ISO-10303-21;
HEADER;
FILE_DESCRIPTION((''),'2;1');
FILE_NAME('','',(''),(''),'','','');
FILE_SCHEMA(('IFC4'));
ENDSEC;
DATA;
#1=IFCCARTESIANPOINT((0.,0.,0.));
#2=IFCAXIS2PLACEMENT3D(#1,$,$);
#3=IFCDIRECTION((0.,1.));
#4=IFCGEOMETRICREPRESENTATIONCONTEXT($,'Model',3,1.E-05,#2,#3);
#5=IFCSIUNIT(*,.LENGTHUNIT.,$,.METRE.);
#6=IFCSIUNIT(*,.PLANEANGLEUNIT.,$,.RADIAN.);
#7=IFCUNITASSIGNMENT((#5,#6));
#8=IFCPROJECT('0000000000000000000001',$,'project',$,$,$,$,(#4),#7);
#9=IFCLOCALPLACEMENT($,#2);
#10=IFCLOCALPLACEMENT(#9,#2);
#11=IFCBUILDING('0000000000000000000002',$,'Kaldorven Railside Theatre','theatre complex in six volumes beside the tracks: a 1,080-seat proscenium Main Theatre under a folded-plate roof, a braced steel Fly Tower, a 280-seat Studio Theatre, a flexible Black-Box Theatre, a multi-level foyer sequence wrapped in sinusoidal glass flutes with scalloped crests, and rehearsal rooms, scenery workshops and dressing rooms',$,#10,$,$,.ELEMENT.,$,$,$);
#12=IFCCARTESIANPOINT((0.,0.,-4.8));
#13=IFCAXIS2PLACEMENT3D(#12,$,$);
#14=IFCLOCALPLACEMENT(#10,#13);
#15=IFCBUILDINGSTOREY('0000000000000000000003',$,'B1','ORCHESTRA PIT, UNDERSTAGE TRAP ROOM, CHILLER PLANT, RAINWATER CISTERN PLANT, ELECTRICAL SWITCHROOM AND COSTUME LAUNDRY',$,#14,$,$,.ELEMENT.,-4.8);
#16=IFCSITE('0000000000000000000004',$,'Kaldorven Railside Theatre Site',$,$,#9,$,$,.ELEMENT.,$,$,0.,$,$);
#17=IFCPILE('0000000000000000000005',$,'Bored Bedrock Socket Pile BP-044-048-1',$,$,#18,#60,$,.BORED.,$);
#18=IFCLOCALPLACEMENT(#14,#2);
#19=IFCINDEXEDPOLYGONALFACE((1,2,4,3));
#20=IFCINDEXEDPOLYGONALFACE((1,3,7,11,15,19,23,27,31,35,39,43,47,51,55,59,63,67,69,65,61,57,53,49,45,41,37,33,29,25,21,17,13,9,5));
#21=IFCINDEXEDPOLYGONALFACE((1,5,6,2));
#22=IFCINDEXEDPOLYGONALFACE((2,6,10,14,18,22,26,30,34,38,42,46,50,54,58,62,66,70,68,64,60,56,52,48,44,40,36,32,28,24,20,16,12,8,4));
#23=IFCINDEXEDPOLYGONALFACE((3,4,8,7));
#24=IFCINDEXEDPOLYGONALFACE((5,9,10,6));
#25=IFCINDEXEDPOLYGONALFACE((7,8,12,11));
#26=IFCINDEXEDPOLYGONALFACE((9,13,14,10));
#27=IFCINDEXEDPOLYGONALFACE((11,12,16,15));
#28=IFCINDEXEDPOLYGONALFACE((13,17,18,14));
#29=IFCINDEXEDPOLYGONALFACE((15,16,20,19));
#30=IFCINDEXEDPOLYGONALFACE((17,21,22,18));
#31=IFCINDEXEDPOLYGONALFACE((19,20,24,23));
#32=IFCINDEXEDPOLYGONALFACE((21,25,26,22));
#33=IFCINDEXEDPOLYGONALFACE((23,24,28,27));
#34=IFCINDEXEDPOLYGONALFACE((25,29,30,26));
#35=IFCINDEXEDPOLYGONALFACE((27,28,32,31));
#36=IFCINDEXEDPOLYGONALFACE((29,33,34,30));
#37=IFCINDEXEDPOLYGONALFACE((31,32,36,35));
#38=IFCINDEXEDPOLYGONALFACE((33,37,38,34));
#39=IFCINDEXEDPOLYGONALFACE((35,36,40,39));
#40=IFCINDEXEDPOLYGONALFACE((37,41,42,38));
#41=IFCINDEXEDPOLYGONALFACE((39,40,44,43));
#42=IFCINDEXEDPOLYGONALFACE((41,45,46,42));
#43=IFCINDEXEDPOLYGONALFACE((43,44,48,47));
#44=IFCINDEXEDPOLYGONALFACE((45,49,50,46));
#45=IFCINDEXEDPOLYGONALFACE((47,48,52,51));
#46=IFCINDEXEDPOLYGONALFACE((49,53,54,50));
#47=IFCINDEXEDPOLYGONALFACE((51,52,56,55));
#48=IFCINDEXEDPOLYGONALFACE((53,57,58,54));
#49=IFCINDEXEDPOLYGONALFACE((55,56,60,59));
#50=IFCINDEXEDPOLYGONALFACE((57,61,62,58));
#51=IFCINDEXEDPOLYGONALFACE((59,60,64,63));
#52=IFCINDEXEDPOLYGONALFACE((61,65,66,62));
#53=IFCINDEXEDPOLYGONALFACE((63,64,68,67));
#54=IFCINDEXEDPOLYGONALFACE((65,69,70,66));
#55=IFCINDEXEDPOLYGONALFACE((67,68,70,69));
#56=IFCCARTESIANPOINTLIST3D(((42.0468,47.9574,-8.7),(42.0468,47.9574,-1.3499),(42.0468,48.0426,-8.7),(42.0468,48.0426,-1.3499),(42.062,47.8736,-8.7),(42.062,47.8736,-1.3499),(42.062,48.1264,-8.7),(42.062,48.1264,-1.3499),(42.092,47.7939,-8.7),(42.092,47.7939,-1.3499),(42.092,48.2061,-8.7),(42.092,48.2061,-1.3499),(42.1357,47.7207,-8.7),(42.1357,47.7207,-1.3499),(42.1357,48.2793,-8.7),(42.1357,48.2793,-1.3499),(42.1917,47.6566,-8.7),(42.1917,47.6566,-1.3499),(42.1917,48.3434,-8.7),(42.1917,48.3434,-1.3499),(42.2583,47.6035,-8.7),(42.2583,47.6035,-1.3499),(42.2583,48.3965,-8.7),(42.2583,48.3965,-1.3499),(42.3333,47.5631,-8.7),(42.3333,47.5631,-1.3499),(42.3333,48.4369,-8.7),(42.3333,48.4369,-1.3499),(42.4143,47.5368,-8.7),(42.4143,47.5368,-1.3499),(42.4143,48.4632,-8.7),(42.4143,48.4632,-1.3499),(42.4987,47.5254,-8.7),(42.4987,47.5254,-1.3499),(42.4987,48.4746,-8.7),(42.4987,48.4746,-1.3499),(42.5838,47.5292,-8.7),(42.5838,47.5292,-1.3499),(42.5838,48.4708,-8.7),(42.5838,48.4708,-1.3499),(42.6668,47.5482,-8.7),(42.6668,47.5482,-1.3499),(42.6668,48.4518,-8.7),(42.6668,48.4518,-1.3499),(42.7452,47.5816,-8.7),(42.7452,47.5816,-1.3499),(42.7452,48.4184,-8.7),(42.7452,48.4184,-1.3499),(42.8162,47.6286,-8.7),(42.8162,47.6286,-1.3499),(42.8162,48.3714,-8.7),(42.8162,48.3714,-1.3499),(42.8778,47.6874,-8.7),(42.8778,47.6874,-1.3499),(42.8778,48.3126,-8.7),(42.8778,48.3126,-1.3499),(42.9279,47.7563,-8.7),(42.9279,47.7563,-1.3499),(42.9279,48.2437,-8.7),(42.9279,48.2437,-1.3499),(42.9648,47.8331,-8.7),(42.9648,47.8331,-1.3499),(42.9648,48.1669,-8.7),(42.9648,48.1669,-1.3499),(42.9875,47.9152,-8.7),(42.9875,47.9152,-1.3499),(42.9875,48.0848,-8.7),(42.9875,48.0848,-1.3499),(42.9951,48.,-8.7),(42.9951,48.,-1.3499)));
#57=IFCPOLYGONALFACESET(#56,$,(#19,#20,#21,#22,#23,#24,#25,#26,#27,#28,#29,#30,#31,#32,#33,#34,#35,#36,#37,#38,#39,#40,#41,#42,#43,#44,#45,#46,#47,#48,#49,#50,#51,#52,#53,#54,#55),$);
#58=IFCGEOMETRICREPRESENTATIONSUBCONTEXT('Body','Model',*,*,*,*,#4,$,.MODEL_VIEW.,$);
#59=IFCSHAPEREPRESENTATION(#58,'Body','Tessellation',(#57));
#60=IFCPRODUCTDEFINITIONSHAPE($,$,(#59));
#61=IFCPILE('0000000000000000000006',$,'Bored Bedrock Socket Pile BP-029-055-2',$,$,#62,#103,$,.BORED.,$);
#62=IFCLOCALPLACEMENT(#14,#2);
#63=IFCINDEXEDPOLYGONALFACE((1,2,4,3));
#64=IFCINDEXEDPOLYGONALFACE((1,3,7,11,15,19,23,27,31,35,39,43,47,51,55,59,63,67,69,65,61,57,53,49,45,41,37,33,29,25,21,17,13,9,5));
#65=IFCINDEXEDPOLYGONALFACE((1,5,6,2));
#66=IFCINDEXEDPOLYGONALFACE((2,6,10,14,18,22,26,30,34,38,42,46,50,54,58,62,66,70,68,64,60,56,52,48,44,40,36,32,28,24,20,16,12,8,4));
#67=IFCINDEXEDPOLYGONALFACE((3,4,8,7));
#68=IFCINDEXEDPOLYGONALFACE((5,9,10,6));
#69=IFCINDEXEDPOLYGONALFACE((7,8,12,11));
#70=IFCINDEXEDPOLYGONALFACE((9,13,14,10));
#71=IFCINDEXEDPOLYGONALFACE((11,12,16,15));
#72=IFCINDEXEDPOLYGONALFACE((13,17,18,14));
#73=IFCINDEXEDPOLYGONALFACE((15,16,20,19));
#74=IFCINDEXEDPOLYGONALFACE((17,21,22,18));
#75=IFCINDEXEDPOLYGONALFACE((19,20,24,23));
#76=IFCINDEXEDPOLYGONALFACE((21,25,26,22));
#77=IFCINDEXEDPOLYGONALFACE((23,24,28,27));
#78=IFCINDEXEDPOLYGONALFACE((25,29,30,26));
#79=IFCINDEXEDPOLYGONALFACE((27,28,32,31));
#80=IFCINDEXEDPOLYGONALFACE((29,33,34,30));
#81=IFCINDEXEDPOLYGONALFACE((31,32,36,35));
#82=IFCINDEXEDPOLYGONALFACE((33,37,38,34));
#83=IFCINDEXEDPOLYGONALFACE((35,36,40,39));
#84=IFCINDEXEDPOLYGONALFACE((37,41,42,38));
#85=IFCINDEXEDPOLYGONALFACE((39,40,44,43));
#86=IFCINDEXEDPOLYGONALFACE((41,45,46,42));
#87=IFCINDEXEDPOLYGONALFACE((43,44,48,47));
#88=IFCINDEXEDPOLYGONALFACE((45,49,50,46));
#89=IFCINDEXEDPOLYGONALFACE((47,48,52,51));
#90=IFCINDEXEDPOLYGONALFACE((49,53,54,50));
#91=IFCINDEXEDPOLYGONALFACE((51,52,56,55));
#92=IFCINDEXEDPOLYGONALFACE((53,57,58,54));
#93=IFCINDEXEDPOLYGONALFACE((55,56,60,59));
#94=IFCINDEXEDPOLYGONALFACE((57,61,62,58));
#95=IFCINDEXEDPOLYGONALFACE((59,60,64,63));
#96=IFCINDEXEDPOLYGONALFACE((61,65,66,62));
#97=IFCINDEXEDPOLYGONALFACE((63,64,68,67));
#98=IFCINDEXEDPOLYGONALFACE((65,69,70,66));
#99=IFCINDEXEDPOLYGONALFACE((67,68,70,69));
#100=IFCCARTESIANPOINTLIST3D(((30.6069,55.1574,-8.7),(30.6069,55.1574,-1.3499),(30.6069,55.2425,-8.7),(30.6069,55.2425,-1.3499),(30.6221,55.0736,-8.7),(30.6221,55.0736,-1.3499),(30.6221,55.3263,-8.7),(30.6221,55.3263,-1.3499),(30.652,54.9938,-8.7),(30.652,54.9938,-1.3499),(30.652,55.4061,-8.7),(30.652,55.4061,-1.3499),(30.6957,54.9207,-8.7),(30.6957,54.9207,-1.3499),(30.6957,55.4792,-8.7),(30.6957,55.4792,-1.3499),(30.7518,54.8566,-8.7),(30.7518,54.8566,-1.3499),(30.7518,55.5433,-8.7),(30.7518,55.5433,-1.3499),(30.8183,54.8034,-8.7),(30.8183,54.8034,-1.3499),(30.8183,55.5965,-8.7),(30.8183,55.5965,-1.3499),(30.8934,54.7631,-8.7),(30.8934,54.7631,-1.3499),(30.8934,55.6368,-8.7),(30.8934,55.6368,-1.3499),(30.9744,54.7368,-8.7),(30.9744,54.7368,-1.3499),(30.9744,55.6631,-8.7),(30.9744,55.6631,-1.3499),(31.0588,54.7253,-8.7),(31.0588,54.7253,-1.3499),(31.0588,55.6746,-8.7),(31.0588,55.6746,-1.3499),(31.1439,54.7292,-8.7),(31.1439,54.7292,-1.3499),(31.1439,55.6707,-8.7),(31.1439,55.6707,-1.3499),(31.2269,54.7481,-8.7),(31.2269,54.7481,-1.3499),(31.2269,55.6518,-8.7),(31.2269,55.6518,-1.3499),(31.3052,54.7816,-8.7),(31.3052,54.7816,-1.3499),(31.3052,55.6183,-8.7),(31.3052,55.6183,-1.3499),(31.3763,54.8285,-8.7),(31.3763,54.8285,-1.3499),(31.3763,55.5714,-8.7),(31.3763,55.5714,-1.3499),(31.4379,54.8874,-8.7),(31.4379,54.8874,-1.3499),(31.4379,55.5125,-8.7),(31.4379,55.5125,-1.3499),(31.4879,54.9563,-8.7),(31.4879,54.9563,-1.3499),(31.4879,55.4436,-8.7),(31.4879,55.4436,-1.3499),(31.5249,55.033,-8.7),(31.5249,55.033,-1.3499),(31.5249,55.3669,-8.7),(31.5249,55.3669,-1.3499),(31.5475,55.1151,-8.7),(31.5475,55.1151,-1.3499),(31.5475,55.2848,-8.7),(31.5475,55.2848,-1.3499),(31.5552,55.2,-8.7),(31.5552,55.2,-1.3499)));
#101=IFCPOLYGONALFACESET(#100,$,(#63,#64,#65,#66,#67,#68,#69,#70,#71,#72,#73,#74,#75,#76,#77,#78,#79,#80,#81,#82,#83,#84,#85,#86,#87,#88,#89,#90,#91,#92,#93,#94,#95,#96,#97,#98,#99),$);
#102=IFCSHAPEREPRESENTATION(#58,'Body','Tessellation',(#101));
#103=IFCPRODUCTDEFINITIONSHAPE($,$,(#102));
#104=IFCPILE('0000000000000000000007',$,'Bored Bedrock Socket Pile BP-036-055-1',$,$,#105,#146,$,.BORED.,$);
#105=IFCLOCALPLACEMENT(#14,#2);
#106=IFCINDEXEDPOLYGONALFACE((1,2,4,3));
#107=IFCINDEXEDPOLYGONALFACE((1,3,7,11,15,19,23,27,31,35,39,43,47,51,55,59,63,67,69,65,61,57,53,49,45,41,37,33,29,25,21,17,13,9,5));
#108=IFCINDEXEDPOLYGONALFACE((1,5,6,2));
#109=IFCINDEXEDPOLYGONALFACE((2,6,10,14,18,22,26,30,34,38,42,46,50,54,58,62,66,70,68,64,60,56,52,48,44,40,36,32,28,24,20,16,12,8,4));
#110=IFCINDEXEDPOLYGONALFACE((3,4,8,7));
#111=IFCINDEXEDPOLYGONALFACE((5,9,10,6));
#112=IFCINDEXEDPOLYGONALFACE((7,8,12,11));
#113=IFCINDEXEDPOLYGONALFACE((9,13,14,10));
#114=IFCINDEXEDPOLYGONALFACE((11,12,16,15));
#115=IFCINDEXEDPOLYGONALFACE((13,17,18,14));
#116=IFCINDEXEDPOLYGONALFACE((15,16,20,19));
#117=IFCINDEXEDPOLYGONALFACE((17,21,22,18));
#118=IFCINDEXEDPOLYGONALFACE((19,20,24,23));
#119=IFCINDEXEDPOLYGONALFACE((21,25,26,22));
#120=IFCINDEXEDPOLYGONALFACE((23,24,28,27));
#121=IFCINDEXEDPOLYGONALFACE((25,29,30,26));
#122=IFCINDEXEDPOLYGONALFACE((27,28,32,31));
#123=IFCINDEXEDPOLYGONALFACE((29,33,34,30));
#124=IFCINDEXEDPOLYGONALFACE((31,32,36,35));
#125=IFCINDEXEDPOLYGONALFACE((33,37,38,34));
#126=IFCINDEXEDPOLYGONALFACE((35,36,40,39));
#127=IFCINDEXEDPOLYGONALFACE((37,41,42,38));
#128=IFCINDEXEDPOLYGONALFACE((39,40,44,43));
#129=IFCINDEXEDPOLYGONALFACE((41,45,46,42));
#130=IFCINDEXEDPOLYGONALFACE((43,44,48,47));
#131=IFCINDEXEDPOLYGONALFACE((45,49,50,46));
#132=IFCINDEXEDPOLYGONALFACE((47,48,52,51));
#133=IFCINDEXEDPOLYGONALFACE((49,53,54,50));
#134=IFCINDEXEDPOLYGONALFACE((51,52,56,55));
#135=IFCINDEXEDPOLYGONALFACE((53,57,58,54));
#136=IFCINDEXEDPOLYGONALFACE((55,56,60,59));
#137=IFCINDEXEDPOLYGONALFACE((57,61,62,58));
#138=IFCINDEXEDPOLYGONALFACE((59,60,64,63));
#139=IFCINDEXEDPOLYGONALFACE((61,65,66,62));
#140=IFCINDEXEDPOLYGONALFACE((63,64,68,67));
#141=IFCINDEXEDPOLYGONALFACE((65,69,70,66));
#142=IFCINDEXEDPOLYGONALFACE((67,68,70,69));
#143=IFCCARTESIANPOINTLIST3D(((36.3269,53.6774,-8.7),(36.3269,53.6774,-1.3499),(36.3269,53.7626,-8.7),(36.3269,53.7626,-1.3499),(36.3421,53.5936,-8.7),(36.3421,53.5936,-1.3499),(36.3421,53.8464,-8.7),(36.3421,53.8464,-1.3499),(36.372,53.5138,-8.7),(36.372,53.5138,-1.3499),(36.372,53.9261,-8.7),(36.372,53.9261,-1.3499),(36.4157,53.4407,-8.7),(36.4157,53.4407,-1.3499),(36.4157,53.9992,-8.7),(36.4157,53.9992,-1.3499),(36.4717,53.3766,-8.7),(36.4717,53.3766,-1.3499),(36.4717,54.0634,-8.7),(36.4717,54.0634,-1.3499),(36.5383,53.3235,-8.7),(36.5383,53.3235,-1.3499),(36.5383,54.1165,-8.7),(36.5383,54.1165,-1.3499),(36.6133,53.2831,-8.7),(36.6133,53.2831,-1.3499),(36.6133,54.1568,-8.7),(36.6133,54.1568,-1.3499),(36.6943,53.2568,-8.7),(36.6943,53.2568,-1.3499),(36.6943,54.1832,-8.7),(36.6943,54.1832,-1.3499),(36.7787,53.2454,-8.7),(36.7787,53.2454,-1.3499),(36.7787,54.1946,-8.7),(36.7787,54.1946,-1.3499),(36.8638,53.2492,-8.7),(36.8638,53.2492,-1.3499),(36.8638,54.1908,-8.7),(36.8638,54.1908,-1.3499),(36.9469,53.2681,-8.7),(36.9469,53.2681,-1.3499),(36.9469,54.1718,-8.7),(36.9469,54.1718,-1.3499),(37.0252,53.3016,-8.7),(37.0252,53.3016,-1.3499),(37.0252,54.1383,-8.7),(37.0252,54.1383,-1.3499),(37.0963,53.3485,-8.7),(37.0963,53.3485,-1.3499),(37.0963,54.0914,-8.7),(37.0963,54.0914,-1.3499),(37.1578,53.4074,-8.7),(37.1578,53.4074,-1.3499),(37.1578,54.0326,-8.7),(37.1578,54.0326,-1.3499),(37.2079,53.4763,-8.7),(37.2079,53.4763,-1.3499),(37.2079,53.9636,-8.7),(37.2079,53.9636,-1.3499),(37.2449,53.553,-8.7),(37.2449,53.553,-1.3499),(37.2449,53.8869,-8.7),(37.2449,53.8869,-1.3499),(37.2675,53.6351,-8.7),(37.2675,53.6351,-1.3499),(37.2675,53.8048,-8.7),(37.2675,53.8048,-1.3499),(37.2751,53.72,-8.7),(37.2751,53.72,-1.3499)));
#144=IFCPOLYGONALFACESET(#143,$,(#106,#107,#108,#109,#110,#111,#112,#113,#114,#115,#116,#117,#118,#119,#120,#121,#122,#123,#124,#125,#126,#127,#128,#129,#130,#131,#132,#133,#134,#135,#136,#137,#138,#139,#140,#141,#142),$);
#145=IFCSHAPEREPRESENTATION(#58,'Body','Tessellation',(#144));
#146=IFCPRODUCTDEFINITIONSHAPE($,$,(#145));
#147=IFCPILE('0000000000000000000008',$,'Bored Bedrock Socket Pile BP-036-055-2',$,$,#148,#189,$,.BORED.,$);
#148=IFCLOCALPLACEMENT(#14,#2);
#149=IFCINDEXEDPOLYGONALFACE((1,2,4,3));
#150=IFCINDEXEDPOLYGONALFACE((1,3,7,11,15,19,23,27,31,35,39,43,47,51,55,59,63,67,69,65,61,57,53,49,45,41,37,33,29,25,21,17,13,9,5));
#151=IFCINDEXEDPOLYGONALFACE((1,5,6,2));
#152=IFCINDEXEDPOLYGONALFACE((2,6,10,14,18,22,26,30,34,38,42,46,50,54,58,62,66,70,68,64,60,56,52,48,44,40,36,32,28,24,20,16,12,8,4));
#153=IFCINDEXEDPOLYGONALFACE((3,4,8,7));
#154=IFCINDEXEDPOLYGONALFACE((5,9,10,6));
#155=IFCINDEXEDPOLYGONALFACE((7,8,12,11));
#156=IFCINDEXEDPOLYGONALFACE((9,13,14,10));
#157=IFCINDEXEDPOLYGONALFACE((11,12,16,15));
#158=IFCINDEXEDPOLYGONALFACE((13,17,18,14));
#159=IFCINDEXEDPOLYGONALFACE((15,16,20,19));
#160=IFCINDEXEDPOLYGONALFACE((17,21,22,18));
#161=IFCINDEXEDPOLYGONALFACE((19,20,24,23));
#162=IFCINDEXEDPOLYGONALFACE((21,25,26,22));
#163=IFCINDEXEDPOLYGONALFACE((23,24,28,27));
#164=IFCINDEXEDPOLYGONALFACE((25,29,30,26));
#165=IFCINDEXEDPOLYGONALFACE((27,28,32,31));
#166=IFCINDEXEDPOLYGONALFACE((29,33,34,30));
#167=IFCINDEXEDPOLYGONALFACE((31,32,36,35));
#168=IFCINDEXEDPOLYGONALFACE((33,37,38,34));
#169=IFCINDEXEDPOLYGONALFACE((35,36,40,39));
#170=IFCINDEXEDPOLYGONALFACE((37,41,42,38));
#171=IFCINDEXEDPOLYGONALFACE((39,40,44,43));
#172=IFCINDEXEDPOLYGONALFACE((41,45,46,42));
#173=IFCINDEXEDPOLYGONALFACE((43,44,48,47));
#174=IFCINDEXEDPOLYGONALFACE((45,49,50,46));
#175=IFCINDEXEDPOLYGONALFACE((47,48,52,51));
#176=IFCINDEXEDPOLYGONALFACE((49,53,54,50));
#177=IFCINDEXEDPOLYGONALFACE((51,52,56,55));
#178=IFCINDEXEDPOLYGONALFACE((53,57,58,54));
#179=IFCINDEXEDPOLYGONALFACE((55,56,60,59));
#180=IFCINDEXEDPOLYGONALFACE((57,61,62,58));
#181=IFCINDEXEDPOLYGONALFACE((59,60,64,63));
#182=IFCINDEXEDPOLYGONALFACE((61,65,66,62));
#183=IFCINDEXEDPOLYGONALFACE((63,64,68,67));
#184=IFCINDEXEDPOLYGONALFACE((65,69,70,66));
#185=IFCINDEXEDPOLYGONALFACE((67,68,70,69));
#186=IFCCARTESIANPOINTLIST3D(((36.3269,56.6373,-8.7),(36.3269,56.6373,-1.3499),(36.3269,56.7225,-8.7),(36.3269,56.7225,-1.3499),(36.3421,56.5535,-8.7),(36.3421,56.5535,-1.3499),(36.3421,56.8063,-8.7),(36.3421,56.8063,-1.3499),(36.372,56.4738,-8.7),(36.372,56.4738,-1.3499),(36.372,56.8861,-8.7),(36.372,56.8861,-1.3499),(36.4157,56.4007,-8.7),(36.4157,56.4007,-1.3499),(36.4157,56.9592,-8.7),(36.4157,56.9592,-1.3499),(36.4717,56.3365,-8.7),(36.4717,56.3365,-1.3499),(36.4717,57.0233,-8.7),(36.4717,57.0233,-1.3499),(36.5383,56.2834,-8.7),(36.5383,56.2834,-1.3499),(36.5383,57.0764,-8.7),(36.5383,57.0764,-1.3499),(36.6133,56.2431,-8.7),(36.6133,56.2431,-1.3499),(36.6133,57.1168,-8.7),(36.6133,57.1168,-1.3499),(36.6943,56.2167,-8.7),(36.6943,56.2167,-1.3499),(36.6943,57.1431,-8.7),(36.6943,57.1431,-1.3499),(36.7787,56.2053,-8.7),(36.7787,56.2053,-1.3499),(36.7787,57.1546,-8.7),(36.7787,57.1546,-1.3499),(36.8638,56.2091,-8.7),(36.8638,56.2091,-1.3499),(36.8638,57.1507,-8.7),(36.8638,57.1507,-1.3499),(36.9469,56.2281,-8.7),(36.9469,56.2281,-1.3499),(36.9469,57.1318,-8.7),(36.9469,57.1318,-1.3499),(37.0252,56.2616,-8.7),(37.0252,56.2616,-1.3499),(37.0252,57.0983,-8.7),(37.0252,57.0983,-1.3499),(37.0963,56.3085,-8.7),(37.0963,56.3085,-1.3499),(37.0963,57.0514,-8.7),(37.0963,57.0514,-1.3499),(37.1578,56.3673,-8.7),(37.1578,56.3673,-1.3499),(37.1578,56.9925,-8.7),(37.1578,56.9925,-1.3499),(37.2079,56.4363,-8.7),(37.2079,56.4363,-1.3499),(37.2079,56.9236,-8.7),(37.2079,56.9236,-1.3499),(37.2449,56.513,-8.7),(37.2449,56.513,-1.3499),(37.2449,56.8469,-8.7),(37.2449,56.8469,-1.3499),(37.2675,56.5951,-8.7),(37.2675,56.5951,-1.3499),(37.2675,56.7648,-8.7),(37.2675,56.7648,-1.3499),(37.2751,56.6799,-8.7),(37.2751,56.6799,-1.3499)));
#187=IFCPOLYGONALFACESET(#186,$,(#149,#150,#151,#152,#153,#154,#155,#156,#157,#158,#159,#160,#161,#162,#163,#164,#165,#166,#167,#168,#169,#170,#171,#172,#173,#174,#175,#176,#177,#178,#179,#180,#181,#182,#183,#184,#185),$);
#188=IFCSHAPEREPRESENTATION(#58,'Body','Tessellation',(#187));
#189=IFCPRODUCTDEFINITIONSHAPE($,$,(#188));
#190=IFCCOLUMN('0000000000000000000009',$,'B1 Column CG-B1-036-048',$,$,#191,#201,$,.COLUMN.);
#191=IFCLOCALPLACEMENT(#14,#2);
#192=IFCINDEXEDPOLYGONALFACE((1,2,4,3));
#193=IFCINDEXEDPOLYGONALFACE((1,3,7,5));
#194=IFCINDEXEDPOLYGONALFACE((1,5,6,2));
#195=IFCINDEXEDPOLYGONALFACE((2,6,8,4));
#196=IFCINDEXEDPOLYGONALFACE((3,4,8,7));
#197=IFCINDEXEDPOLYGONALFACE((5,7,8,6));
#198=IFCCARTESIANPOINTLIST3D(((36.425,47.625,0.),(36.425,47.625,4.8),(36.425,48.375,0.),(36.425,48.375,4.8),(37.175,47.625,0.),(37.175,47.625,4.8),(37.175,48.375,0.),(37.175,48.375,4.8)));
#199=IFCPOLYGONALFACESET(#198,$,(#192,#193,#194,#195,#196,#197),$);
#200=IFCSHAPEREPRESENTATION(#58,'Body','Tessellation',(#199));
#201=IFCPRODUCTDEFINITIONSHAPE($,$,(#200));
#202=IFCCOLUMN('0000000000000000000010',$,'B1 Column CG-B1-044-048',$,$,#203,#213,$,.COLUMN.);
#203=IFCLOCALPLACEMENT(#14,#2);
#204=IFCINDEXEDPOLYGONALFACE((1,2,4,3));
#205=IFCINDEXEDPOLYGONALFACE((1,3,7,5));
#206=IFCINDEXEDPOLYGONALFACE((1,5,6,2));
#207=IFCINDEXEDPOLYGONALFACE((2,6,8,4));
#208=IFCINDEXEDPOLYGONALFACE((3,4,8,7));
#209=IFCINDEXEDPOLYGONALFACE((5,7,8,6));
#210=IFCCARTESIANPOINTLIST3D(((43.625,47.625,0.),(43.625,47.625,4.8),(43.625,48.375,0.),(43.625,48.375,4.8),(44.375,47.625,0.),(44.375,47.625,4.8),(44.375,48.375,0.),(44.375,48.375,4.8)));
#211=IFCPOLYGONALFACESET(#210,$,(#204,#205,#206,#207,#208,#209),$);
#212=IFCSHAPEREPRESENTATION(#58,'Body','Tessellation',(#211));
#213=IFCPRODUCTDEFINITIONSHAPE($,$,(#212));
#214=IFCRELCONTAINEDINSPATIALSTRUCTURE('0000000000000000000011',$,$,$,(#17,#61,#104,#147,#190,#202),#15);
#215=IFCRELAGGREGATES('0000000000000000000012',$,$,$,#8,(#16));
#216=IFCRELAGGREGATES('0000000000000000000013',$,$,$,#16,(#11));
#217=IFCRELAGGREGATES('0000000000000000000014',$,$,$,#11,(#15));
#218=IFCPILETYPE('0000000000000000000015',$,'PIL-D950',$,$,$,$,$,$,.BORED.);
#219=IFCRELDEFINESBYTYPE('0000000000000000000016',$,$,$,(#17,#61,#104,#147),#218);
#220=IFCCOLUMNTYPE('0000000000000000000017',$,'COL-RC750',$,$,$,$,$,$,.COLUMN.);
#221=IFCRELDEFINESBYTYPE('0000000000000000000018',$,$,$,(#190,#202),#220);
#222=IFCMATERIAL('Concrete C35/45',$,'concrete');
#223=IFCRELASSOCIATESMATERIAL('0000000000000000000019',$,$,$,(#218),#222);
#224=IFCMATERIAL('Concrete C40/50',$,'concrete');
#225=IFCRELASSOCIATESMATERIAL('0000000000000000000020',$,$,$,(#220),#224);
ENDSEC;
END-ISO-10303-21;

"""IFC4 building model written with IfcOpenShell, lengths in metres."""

from ifc_helpers import new_model, si_unit, direction, frame, origin, origin_2d, place, context, subcontext, project, spatial, rectangle, circle, extrude, material, material_profile, profile_set, type_object, element, save


model = new_model("IFC4")

# Units and contexts
model_context = context("Model", 3, precision=1e-05, world=origin(), true_north=direction((0.0, 1.0)))
body_context = subcontext(model_context, "Body", "Model", "MODEL_VIEW")
ifc_project = project(units=[si_unit("LENGTHUNIT", "METRE"), si_unit("PLANEANGLEUNIT", "RADIAN")], contexts=[model_context])

# Site, building, storey
site_placement = place(None, origin())
site = spatial("IfcSite", under=ifc_project, at=site_placement, Name="Kaldorven Railside Theatre Site", CompositionType="ELEMENT", RefElevation=0.0)
building_placement = place(site_placement, origin())
building = spatial("IfcBuilding", under=site, at=building_placement, Name="Kaldorven Railside Theatre", Description="theatre complex in six volumes beside the tracks: a 1,080-seat proscenium Main Theatre under a folded-plate roof, a braced steel Fly Tower, a 280-seat Studio Theatre, a flexible Black-Box Theatre, a multi-level foyer sequence wrapped in sinusoidal glass flutes with scalloped crests, and rehearsal rooms, scenery workshops and dressing rooms", CompositionType="ELEMENT")
storey_placement = place(building_placement, frame((0.0, 0.0, -4.8)))
storey = spatial("IfcBuildingStorey", under=building, at=storey_placement, Name="B1", Description="ORCHESTRA PIT, UNDERSTAGE TRAP ROOM, CHILLER PLANT, RAINWATER CISTERN PLANT, ELECTRICAL SWITCHROOM AND COSTUME LAUNDRY", CompositionType="ELEMENT", Elevation=-4.8)

# Shared definitions
ifc_material_1 = material(Name="Concrete C40/50", Category="concrete")

# Piles
ifc_material_2 = material(Name="Concrete C35/45", Category="concrete")
ifc_material_profile_1 = material_profile(ifc_material_2, circle(Radius=0.4751, at=origin_2d()), Name="BP D950")
ifc_profile_set_1 = profile_set([ifc_material_profile_1], Name="Concrete C35/45")
pile_type_1 = type_object("IfcPileType", Name="PIL-D950", PredefinedType="BORED", material=ifc_profile_set_1)
for number, where, z_axis, x_axis, name in (
    (1, (42.52, 48.0, -1.3499), (0.0, 0.0, -1.0), (1.0, 0.0, 0.0), "Bored Bedrock Socket Pile BP-044-048-1"),
    (2, (31.0801, 55.2, -1.3499), (0.0, 0.0, -1.0), (1.0, 0.0, 0.0), "Bored Bedrock Socket Pile BP-029-055-2"),
    (3, (36.8, 53.72, -1.3499), (0.0, 0.0, -1.0), (1.0, 0.0, 0.0), "Bored Bedrock Socket Pile BP-036-055-1"),
    (4, (36.8, 56.6799, -1.3499), (0.0, 0.0, -1.0), (1.0, 0.0, 0.0), "Bored Bedrock Socket Pile BP-036-055-2"),
):
    element("IfcPile", number, at=place(storey_placement, frame(where, z_axis=z_axis, x_axis=x_axis)), inside=storey, type_object=pile_type_1, Name=name, PredefinedType="BORED", context=body_context, shape_type="SweptSolid", body=[
        extrude(circle(Radius=0.4751, at=origin_2d()), origin(), (0.0, 0.0, 1.0), 7.3501),
    ])

# Columns
ifc_material_profile_2 = material_profile(ifc_material_1, rectangle(XDim=0.75, YDim=0.75, at=origin_2d()), Name="RC 750x750")
ifc_profile_set_2 = profile_set([ifc_material_profile_2], Name="Concrete C40/50")
column_type = type_object("IfcColumnType", Name="COL-RC750", PredefinedType="COLUMN", material=ifc_profile_set_2)
for number, where, z_axis, x_axis, name in (
    (5, (36.8, 48.0, 0.0), (0.0, 0.0, 1.0), (1.0, 0.0, 0.0), "B1 Column CG-B1-036-048"),
    (6, (44.0, 48.0, 0.0), (0.0, 0.0, 1.0), (1.0, 0.0, 0.0), "B1 Column CG-B1-044-048"),
):
    element("IfcColumn", number, at=place(storey_placement, frame(where, z_axis=z_axis, x_axis=x_axis)), inside=storey, type_object=column_type, Name=name, PredefinedType="COLUMN", context=body_context, shape_type="SweptSolid", body=[
        extrude(rectangle(XDim=0.75, YDim=0.75, at=origin_2d()), origin(), (0.0, 0.0, 1.0), 4.8),
    ])

save(model, "model.ifc")
